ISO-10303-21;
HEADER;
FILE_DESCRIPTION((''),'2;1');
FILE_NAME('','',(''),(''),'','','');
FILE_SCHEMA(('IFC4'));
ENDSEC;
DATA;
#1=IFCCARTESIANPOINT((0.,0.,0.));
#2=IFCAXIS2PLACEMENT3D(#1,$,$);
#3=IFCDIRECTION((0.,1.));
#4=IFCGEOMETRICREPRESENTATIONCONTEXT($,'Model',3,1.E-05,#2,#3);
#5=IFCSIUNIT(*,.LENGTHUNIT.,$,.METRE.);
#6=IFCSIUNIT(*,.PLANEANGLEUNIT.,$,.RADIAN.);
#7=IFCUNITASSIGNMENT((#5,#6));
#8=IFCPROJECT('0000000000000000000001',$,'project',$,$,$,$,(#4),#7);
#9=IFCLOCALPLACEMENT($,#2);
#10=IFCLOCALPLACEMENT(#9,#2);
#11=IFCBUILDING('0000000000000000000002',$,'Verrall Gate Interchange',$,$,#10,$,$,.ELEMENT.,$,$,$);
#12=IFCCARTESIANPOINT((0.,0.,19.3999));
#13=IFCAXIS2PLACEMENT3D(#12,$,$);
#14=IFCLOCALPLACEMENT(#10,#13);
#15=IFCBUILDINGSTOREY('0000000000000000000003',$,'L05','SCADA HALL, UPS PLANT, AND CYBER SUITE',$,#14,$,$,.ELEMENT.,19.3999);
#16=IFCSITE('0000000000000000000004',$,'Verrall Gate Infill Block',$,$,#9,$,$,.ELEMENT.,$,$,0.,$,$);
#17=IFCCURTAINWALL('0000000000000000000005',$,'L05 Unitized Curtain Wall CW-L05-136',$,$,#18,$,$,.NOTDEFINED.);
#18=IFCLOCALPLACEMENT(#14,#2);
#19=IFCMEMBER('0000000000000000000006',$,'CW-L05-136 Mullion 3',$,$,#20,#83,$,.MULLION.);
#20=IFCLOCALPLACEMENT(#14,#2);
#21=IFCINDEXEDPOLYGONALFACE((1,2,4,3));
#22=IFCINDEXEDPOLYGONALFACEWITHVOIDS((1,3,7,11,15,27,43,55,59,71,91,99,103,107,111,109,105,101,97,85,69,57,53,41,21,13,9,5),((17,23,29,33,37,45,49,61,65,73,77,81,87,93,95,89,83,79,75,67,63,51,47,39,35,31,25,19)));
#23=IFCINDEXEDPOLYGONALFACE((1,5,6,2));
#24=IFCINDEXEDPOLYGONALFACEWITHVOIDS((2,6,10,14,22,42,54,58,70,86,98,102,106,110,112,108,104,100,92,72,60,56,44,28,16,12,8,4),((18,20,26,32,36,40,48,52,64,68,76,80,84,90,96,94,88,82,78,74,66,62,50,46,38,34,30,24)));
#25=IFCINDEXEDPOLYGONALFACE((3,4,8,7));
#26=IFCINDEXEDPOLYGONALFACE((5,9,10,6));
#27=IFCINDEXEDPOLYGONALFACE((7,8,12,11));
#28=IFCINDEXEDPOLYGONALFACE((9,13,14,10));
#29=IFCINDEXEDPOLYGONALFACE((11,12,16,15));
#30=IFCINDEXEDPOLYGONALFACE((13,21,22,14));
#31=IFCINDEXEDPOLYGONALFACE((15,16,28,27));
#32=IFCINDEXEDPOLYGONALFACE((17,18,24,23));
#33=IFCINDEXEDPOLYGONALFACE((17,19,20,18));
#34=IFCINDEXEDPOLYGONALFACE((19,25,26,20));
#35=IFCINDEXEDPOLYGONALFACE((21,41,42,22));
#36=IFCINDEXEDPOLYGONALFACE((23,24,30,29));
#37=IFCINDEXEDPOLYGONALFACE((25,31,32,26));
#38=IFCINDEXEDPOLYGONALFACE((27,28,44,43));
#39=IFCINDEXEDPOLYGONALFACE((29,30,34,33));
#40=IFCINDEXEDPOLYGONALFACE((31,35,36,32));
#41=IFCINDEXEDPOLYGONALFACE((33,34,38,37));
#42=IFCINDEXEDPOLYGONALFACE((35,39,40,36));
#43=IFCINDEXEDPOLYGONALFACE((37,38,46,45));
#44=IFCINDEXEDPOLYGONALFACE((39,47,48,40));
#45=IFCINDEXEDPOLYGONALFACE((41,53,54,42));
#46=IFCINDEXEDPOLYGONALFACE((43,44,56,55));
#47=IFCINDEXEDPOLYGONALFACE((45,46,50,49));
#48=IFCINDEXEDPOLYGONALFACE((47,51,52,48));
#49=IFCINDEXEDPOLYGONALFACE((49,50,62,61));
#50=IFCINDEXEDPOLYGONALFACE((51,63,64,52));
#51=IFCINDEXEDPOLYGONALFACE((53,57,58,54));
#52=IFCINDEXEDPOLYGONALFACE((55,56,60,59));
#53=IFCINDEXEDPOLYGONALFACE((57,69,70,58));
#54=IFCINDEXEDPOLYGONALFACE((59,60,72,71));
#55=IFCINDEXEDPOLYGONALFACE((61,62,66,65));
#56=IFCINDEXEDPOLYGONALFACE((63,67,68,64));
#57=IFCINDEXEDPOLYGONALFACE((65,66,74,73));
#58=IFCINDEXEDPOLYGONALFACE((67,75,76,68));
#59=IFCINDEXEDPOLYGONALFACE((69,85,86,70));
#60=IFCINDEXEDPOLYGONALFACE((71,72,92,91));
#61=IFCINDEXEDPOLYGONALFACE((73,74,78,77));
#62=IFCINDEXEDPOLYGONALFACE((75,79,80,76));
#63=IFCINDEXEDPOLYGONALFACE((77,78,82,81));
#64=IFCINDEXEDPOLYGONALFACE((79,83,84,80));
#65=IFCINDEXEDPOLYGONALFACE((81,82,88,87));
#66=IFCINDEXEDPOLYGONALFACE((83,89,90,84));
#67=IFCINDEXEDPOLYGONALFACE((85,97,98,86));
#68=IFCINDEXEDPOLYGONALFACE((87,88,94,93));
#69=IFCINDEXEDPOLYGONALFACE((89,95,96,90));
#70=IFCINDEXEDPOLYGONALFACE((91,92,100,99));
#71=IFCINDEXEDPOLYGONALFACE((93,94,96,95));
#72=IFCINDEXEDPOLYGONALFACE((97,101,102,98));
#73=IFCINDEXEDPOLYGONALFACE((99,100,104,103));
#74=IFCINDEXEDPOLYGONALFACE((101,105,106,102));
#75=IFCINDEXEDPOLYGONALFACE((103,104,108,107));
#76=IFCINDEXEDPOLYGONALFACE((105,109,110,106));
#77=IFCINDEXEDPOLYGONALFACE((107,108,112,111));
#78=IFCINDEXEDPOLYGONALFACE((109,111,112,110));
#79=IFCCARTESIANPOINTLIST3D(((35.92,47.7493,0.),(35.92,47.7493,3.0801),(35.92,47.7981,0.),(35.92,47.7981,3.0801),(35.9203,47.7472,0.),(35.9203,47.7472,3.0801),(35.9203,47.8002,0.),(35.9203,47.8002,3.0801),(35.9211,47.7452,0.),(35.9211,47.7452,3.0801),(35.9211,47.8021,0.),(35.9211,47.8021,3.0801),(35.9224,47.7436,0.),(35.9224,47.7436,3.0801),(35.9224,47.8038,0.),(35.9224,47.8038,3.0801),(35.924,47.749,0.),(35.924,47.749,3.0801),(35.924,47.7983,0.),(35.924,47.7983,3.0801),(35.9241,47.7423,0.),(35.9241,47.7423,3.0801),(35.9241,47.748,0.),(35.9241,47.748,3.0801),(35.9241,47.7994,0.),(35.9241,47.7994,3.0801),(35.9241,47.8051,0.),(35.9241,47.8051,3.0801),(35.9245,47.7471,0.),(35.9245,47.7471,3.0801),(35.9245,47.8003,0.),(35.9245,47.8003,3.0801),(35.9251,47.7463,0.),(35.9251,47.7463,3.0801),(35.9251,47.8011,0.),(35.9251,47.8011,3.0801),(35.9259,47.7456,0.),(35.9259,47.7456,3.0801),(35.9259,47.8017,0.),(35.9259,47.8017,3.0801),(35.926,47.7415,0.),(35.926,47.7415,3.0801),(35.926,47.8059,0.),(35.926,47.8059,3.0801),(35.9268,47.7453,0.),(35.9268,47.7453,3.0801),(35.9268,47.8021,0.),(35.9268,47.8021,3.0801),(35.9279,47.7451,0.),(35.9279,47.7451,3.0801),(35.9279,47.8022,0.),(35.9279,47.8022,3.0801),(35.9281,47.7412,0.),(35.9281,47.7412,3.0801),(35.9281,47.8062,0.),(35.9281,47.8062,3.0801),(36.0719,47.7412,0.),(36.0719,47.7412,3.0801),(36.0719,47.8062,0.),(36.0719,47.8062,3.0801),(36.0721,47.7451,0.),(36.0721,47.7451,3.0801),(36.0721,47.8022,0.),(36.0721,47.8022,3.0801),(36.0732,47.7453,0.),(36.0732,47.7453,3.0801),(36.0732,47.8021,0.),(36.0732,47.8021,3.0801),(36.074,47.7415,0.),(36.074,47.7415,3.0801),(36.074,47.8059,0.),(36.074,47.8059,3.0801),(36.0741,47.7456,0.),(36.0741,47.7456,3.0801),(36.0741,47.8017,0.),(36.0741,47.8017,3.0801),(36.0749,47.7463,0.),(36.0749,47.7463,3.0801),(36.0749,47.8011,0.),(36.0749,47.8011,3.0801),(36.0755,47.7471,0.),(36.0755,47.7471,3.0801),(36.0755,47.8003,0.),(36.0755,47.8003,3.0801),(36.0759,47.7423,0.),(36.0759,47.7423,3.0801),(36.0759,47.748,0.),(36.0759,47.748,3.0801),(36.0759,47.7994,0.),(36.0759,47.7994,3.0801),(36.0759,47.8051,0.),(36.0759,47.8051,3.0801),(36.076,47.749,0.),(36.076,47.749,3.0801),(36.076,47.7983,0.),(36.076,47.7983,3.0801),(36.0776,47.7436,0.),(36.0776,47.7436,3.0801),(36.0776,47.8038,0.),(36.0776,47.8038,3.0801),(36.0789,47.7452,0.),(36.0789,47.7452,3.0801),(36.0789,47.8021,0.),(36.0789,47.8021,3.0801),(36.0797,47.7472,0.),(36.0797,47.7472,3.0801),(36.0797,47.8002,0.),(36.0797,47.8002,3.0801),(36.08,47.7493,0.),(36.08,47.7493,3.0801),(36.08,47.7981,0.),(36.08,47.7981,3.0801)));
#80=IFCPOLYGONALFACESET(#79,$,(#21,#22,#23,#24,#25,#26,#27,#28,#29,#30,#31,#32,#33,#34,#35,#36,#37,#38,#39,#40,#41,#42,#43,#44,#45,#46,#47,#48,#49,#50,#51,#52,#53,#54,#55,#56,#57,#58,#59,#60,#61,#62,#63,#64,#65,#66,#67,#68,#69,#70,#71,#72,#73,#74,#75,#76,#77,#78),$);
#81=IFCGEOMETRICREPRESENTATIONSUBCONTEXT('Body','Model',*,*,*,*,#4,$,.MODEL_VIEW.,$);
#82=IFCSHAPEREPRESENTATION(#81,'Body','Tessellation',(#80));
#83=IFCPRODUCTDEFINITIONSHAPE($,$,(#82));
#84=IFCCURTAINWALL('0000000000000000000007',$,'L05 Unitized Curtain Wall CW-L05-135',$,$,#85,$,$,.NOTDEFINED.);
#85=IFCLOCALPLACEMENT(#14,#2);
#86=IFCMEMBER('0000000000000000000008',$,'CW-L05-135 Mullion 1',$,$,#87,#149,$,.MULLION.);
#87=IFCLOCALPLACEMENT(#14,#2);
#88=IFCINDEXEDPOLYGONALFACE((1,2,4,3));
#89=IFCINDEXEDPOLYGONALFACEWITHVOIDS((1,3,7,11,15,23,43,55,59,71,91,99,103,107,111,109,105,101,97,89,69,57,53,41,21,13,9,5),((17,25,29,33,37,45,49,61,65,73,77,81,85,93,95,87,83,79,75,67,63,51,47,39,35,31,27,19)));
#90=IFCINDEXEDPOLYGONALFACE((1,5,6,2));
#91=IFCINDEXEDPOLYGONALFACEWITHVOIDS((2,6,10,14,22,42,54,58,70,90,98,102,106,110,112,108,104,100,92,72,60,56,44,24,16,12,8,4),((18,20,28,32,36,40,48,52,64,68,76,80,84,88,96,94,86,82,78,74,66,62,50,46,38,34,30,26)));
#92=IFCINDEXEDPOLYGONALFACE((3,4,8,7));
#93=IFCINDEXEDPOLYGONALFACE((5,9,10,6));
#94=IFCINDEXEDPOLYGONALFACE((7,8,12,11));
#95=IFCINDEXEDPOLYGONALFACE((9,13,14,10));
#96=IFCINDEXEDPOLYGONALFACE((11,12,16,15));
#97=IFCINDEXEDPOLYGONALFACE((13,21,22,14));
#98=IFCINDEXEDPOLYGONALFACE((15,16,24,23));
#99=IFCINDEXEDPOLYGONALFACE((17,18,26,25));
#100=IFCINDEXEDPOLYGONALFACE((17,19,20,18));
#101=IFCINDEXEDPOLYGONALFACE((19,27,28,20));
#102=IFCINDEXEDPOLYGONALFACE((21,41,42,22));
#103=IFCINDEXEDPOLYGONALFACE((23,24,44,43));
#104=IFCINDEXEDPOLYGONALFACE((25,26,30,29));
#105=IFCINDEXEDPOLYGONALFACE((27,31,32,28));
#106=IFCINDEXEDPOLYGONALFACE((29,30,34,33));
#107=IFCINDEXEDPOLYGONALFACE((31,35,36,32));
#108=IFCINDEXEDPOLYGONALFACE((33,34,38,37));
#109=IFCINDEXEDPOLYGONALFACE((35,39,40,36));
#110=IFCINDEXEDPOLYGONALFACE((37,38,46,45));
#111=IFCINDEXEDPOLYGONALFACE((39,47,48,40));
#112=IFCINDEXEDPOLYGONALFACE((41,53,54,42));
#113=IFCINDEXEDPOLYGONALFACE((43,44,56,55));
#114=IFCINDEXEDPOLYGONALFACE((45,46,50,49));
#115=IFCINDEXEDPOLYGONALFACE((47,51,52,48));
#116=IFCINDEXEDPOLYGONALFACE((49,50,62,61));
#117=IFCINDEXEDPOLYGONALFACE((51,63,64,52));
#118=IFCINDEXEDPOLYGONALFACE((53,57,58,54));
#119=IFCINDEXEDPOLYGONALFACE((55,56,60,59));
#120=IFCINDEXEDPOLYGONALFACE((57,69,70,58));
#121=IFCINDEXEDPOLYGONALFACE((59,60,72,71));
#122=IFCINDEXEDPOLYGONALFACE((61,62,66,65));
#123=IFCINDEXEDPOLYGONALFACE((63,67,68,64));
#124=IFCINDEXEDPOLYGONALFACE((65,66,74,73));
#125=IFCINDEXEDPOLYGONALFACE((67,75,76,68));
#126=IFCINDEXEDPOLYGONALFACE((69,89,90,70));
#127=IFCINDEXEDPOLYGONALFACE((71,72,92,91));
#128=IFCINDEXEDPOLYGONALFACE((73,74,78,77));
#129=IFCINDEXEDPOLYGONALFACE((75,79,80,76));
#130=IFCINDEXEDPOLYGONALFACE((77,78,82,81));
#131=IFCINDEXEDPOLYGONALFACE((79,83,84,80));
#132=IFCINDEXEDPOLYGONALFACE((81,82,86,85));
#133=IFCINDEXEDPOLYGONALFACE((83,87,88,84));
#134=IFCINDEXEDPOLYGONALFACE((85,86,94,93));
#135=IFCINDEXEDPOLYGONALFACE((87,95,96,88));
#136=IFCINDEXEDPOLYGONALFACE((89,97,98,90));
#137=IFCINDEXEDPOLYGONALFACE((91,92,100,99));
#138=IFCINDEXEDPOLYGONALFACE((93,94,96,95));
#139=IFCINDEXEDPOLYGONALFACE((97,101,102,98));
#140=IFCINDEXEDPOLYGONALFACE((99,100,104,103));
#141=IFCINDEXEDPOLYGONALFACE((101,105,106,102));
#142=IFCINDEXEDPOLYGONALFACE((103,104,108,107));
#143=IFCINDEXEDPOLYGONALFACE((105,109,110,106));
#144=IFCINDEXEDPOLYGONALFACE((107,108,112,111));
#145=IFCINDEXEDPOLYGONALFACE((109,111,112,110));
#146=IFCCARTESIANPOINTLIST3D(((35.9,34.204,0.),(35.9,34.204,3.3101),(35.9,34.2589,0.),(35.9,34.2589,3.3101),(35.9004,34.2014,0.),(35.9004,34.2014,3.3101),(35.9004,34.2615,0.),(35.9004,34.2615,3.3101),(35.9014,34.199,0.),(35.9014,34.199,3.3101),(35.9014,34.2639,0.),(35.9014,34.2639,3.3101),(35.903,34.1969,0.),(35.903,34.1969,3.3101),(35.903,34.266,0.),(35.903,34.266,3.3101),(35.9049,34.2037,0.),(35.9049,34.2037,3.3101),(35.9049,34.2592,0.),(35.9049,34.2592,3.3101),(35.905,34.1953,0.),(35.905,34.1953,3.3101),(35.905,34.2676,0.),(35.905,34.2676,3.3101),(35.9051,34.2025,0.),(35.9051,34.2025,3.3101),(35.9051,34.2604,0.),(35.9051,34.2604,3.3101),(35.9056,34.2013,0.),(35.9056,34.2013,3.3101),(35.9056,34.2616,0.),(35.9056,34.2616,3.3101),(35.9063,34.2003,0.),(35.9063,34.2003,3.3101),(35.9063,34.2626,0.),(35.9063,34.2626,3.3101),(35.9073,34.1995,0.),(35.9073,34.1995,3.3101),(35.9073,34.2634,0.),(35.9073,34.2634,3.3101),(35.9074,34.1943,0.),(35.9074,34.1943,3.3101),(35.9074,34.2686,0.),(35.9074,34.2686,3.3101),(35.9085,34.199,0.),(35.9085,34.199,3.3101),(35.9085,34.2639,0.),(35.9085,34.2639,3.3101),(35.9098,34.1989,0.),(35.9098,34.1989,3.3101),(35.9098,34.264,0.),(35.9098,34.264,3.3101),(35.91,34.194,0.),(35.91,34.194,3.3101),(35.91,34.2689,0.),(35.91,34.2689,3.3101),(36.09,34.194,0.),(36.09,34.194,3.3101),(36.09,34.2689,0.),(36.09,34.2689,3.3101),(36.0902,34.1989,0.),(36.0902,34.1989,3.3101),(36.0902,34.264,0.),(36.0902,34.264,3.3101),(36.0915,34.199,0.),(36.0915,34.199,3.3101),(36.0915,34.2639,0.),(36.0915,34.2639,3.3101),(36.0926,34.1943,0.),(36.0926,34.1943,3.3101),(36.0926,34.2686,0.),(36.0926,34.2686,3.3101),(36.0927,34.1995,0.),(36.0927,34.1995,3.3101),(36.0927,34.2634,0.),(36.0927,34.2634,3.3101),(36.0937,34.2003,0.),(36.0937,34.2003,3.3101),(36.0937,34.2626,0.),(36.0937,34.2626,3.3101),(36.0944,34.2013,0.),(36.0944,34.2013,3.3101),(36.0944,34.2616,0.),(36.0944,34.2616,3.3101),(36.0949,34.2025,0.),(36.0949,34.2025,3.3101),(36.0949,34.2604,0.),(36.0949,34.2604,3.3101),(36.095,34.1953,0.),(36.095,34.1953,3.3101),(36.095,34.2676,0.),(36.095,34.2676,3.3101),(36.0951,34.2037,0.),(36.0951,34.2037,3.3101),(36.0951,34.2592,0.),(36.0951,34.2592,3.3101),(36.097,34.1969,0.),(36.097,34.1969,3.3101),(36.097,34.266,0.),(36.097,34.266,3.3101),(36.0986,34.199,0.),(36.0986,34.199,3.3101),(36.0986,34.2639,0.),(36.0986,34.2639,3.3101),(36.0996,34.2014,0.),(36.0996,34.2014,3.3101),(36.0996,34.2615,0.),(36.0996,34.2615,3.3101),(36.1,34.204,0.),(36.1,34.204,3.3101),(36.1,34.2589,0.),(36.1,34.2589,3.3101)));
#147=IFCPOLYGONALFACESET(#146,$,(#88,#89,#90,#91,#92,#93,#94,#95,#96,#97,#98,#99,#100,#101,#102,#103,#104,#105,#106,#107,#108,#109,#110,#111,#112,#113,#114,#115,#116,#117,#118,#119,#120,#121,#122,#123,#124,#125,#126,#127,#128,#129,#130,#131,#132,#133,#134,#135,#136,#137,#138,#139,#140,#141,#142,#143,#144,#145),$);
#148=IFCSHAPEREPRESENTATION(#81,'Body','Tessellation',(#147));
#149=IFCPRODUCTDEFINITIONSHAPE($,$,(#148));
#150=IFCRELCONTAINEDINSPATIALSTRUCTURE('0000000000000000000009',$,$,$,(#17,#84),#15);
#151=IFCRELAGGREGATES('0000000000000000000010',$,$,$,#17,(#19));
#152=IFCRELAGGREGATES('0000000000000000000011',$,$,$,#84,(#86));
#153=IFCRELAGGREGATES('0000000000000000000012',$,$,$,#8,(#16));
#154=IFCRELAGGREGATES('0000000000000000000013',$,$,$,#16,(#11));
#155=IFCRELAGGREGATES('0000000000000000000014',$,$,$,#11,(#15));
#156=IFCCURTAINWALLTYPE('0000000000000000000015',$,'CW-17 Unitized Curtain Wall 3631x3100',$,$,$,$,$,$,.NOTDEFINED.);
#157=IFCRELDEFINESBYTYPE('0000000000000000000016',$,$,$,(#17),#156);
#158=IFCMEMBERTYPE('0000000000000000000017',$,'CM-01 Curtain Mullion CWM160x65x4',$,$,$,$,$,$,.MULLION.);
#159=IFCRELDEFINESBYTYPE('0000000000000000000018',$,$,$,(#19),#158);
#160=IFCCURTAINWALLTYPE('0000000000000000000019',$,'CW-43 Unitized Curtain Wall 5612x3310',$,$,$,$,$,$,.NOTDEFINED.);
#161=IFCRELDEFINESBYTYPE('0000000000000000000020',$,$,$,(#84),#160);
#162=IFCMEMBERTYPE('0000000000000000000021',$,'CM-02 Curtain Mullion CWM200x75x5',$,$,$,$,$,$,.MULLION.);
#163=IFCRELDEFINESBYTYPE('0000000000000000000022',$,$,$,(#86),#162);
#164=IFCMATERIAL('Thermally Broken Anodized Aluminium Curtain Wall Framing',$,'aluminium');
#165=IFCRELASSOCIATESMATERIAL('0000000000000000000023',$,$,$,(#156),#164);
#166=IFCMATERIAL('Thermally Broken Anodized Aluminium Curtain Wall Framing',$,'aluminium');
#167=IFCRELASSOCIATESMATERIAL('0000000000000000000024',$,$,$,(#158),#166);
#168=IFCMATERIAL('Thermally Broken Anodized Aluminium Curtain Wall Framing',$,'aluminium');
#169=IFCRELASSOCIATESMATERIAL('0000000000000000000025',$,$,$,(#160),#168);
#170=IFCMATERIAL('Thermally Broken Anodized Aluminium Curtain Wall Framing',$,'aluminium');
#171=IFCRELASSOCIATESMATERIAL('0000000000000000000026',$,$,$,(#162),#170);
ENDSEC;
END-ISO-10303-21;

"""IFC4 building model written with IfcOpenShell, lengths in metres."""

from ifc_helpers import new_model, si_unit, direction, frame, origin, origin_2d, place, context, subcontext, project, spatial, hollow_rectangle, extrude, material, material_profile, profile_set, type_object, element, aggregate, save


model = new_model("IFC4")

# Units and contexts
model_context = context("Model", 3, precision=1e-05, world=origin(), true_north=direction((0.0, 1.0)))
body_context = subcontext(model_context, "Body", "Model", "MODEL_VIEW")
ifc_project = project(units=[si_unit("LENGTHUNIT", "METRE"), si_unit("PLANEANGLEUNIT", "RADIAN")], contexts=[model_context])

# Site, building, storey
site_placement = place(None, origin())
site = spatial("IfcSite", under=ifc_project, at=site_placement, Name="Verrall Gate Infill Block", CompositionType="ELEMENT", RefElevation=0.0)
building_placement = place(site_placement, origin())
building = spatial("IfcBuilding", under=site, at=building_placement, Name="Verrall Gate Interchange", CompositionType="ELEMENT")
storey_placement = place(building_placement, frame((0.0, 0.0, 19.3999)))
storey = spatial("IfcBuildingStorey", under=building, at=storey_placement, Name="L05", Description="SCADA HALL, UPS PLANT, AND CYBER SUITE", CompositionType="ELEMENT", Elevation=19.3999)

# Curtain walls, members
ifc_material_1 = material(Name="Thermally Broken Anodized Aluminium Curtain Wall Framing", Category="aluminium")
curtain_wall_type_1 = type_object("IfcCurtainWallType", Name="CW-17 Unitized Curtain Wall 3631x3100", PredefinedType="NOTDEFINED", material=ifc_material_1)
curtain_wall_1_placement = place(storey_placement, origin())
curtain_wall_1 = element("IfcCurtainWall", 1, at=curtain_wall_1_placement, inside=storey, type_object=curtain_wall_type_1, Name="L05 Unitized Curtain Wall CW-L05-136", PredefinedType="NOTDEFINED")
ifc_material_2 = material(Name="Thermally Broken Anodized Aluminium Curtain Wall Framing", Category="aluminium")
ifc_material_profile_1 = material_profile(ifc_material_2, hollow_rectangle(XDim=0.0649, YDim=0.1599, WallThickness=0.0039, InnerFilletRadius=0.0039, OuterFilletRadius=0.0081, at=origin_2d()), Name="CWM160x65x4")
ifc_profile_set_1 = profile_set([ifc_material_profile_1], Name="Thermally Broken Anodized Aluminium Curtain Wall Framing")
member_type_1 = type_object("IfcMemberType", Name="CM-01 Curtain Mullion CWM160x65x4", PredefinedType="MULLION", material=ifc_profile_set_1)
member_1_placement = place(storey_placement, frame((36.0, 47.7737, 0.0), z_axis=(0.0, 0.0, 1.0), x_axis=(0.0, 1.0, 0.0)))
member_1 = element("IfcMember", 2, at=member_1_placement, type_object=member_type_1, Name="CW-L05-136 Mullion 3", PredefinedType="MULLION", context=body_context, shape_type="SweptSolid", body=[
    extrude(hollow_rectangle(XDim=0.0649, YDim=0.1599, WallThickness=0.0039, InnerFilletRadius=0.0039, OuterFilletRadius=0.0081, at=origin_2d()), origin(), (0.0, 0.0, 1.0), 3.0801),
])
ifc_material_3 = material(Name="Thermally Broken Anodized Aluminium Curtain Wall Framing", Category="aluminium")
curtain_wall_type_2 = type_object("IfcCurtainWallType", Name="CW-43 Unitized Curtain Wall 5612x3310", PredefinedType="NOTDEFINED", material=ifc_material_3)
curtain_wall_2_placement = place(storey_placement, origin())
curtain_wall_2 = element("IfcCurtainWall", 3, at=curtain_wall_2_placement, inside=storey, type_object=curtain_wall_type_2, Name="L05 Unitized Curtain Wall CW-L05-135", PredefinedType="NOTDEFINED")
ifc_material_4 = material(Name="Thermally Broken Anodized Aluminium Curtain Wall Framing", Category="aluminium")
ifc_material_profile_2 = material_profile(ifc_material_4, hollow_rectangle(XDim=0.075, YDim=0.2, WallThickness=0.0049, InnerFilletRadius=0.0049, OuterFilletRadius=0.01, at=origin_2d()), Name="CWM200x75x5")
ifc_profile_set_2 = profile_set([ifc_material_profile_2], Name="Thermally Broken Anodized Aluminium Curtain Wall Framing")
member_type_2 = type_object("IfcMemberType", Name="CM-02 Curtain Mullion CWM200x75x5", PredefinedType="MULLION", material=ifc_profile_set_2)
member_2_placement = place(storey_placement, frame((36.0, 34.2314, 0.0), z_axis=(0.0, 0.0, 1.0), x_axis=(0.0, 1.0, 0.0)))
member_2 = element("IfcMember", 4, at=member_2_placement, type_object=member_type_2, Name="CW-L05-135 Mullion 1", PredefinedType="MULLION", context=body_context, shape_type="SweptSolid", body=[
    extrude(hollow_rectangle(XDim=0.075, YDim=0.2, WallThickness=0.0049, InnerFilletRadius=0.0049, OuterFilletRadius=0.01, at=origin_2d()), origin(), (0.0, 0.0, 1.0), 3.3101),
])

aggregate(curtain_wall_1, [member_1])
aggregate(curtain_wall_2, [member_2])

save(model, "model.ifc")
